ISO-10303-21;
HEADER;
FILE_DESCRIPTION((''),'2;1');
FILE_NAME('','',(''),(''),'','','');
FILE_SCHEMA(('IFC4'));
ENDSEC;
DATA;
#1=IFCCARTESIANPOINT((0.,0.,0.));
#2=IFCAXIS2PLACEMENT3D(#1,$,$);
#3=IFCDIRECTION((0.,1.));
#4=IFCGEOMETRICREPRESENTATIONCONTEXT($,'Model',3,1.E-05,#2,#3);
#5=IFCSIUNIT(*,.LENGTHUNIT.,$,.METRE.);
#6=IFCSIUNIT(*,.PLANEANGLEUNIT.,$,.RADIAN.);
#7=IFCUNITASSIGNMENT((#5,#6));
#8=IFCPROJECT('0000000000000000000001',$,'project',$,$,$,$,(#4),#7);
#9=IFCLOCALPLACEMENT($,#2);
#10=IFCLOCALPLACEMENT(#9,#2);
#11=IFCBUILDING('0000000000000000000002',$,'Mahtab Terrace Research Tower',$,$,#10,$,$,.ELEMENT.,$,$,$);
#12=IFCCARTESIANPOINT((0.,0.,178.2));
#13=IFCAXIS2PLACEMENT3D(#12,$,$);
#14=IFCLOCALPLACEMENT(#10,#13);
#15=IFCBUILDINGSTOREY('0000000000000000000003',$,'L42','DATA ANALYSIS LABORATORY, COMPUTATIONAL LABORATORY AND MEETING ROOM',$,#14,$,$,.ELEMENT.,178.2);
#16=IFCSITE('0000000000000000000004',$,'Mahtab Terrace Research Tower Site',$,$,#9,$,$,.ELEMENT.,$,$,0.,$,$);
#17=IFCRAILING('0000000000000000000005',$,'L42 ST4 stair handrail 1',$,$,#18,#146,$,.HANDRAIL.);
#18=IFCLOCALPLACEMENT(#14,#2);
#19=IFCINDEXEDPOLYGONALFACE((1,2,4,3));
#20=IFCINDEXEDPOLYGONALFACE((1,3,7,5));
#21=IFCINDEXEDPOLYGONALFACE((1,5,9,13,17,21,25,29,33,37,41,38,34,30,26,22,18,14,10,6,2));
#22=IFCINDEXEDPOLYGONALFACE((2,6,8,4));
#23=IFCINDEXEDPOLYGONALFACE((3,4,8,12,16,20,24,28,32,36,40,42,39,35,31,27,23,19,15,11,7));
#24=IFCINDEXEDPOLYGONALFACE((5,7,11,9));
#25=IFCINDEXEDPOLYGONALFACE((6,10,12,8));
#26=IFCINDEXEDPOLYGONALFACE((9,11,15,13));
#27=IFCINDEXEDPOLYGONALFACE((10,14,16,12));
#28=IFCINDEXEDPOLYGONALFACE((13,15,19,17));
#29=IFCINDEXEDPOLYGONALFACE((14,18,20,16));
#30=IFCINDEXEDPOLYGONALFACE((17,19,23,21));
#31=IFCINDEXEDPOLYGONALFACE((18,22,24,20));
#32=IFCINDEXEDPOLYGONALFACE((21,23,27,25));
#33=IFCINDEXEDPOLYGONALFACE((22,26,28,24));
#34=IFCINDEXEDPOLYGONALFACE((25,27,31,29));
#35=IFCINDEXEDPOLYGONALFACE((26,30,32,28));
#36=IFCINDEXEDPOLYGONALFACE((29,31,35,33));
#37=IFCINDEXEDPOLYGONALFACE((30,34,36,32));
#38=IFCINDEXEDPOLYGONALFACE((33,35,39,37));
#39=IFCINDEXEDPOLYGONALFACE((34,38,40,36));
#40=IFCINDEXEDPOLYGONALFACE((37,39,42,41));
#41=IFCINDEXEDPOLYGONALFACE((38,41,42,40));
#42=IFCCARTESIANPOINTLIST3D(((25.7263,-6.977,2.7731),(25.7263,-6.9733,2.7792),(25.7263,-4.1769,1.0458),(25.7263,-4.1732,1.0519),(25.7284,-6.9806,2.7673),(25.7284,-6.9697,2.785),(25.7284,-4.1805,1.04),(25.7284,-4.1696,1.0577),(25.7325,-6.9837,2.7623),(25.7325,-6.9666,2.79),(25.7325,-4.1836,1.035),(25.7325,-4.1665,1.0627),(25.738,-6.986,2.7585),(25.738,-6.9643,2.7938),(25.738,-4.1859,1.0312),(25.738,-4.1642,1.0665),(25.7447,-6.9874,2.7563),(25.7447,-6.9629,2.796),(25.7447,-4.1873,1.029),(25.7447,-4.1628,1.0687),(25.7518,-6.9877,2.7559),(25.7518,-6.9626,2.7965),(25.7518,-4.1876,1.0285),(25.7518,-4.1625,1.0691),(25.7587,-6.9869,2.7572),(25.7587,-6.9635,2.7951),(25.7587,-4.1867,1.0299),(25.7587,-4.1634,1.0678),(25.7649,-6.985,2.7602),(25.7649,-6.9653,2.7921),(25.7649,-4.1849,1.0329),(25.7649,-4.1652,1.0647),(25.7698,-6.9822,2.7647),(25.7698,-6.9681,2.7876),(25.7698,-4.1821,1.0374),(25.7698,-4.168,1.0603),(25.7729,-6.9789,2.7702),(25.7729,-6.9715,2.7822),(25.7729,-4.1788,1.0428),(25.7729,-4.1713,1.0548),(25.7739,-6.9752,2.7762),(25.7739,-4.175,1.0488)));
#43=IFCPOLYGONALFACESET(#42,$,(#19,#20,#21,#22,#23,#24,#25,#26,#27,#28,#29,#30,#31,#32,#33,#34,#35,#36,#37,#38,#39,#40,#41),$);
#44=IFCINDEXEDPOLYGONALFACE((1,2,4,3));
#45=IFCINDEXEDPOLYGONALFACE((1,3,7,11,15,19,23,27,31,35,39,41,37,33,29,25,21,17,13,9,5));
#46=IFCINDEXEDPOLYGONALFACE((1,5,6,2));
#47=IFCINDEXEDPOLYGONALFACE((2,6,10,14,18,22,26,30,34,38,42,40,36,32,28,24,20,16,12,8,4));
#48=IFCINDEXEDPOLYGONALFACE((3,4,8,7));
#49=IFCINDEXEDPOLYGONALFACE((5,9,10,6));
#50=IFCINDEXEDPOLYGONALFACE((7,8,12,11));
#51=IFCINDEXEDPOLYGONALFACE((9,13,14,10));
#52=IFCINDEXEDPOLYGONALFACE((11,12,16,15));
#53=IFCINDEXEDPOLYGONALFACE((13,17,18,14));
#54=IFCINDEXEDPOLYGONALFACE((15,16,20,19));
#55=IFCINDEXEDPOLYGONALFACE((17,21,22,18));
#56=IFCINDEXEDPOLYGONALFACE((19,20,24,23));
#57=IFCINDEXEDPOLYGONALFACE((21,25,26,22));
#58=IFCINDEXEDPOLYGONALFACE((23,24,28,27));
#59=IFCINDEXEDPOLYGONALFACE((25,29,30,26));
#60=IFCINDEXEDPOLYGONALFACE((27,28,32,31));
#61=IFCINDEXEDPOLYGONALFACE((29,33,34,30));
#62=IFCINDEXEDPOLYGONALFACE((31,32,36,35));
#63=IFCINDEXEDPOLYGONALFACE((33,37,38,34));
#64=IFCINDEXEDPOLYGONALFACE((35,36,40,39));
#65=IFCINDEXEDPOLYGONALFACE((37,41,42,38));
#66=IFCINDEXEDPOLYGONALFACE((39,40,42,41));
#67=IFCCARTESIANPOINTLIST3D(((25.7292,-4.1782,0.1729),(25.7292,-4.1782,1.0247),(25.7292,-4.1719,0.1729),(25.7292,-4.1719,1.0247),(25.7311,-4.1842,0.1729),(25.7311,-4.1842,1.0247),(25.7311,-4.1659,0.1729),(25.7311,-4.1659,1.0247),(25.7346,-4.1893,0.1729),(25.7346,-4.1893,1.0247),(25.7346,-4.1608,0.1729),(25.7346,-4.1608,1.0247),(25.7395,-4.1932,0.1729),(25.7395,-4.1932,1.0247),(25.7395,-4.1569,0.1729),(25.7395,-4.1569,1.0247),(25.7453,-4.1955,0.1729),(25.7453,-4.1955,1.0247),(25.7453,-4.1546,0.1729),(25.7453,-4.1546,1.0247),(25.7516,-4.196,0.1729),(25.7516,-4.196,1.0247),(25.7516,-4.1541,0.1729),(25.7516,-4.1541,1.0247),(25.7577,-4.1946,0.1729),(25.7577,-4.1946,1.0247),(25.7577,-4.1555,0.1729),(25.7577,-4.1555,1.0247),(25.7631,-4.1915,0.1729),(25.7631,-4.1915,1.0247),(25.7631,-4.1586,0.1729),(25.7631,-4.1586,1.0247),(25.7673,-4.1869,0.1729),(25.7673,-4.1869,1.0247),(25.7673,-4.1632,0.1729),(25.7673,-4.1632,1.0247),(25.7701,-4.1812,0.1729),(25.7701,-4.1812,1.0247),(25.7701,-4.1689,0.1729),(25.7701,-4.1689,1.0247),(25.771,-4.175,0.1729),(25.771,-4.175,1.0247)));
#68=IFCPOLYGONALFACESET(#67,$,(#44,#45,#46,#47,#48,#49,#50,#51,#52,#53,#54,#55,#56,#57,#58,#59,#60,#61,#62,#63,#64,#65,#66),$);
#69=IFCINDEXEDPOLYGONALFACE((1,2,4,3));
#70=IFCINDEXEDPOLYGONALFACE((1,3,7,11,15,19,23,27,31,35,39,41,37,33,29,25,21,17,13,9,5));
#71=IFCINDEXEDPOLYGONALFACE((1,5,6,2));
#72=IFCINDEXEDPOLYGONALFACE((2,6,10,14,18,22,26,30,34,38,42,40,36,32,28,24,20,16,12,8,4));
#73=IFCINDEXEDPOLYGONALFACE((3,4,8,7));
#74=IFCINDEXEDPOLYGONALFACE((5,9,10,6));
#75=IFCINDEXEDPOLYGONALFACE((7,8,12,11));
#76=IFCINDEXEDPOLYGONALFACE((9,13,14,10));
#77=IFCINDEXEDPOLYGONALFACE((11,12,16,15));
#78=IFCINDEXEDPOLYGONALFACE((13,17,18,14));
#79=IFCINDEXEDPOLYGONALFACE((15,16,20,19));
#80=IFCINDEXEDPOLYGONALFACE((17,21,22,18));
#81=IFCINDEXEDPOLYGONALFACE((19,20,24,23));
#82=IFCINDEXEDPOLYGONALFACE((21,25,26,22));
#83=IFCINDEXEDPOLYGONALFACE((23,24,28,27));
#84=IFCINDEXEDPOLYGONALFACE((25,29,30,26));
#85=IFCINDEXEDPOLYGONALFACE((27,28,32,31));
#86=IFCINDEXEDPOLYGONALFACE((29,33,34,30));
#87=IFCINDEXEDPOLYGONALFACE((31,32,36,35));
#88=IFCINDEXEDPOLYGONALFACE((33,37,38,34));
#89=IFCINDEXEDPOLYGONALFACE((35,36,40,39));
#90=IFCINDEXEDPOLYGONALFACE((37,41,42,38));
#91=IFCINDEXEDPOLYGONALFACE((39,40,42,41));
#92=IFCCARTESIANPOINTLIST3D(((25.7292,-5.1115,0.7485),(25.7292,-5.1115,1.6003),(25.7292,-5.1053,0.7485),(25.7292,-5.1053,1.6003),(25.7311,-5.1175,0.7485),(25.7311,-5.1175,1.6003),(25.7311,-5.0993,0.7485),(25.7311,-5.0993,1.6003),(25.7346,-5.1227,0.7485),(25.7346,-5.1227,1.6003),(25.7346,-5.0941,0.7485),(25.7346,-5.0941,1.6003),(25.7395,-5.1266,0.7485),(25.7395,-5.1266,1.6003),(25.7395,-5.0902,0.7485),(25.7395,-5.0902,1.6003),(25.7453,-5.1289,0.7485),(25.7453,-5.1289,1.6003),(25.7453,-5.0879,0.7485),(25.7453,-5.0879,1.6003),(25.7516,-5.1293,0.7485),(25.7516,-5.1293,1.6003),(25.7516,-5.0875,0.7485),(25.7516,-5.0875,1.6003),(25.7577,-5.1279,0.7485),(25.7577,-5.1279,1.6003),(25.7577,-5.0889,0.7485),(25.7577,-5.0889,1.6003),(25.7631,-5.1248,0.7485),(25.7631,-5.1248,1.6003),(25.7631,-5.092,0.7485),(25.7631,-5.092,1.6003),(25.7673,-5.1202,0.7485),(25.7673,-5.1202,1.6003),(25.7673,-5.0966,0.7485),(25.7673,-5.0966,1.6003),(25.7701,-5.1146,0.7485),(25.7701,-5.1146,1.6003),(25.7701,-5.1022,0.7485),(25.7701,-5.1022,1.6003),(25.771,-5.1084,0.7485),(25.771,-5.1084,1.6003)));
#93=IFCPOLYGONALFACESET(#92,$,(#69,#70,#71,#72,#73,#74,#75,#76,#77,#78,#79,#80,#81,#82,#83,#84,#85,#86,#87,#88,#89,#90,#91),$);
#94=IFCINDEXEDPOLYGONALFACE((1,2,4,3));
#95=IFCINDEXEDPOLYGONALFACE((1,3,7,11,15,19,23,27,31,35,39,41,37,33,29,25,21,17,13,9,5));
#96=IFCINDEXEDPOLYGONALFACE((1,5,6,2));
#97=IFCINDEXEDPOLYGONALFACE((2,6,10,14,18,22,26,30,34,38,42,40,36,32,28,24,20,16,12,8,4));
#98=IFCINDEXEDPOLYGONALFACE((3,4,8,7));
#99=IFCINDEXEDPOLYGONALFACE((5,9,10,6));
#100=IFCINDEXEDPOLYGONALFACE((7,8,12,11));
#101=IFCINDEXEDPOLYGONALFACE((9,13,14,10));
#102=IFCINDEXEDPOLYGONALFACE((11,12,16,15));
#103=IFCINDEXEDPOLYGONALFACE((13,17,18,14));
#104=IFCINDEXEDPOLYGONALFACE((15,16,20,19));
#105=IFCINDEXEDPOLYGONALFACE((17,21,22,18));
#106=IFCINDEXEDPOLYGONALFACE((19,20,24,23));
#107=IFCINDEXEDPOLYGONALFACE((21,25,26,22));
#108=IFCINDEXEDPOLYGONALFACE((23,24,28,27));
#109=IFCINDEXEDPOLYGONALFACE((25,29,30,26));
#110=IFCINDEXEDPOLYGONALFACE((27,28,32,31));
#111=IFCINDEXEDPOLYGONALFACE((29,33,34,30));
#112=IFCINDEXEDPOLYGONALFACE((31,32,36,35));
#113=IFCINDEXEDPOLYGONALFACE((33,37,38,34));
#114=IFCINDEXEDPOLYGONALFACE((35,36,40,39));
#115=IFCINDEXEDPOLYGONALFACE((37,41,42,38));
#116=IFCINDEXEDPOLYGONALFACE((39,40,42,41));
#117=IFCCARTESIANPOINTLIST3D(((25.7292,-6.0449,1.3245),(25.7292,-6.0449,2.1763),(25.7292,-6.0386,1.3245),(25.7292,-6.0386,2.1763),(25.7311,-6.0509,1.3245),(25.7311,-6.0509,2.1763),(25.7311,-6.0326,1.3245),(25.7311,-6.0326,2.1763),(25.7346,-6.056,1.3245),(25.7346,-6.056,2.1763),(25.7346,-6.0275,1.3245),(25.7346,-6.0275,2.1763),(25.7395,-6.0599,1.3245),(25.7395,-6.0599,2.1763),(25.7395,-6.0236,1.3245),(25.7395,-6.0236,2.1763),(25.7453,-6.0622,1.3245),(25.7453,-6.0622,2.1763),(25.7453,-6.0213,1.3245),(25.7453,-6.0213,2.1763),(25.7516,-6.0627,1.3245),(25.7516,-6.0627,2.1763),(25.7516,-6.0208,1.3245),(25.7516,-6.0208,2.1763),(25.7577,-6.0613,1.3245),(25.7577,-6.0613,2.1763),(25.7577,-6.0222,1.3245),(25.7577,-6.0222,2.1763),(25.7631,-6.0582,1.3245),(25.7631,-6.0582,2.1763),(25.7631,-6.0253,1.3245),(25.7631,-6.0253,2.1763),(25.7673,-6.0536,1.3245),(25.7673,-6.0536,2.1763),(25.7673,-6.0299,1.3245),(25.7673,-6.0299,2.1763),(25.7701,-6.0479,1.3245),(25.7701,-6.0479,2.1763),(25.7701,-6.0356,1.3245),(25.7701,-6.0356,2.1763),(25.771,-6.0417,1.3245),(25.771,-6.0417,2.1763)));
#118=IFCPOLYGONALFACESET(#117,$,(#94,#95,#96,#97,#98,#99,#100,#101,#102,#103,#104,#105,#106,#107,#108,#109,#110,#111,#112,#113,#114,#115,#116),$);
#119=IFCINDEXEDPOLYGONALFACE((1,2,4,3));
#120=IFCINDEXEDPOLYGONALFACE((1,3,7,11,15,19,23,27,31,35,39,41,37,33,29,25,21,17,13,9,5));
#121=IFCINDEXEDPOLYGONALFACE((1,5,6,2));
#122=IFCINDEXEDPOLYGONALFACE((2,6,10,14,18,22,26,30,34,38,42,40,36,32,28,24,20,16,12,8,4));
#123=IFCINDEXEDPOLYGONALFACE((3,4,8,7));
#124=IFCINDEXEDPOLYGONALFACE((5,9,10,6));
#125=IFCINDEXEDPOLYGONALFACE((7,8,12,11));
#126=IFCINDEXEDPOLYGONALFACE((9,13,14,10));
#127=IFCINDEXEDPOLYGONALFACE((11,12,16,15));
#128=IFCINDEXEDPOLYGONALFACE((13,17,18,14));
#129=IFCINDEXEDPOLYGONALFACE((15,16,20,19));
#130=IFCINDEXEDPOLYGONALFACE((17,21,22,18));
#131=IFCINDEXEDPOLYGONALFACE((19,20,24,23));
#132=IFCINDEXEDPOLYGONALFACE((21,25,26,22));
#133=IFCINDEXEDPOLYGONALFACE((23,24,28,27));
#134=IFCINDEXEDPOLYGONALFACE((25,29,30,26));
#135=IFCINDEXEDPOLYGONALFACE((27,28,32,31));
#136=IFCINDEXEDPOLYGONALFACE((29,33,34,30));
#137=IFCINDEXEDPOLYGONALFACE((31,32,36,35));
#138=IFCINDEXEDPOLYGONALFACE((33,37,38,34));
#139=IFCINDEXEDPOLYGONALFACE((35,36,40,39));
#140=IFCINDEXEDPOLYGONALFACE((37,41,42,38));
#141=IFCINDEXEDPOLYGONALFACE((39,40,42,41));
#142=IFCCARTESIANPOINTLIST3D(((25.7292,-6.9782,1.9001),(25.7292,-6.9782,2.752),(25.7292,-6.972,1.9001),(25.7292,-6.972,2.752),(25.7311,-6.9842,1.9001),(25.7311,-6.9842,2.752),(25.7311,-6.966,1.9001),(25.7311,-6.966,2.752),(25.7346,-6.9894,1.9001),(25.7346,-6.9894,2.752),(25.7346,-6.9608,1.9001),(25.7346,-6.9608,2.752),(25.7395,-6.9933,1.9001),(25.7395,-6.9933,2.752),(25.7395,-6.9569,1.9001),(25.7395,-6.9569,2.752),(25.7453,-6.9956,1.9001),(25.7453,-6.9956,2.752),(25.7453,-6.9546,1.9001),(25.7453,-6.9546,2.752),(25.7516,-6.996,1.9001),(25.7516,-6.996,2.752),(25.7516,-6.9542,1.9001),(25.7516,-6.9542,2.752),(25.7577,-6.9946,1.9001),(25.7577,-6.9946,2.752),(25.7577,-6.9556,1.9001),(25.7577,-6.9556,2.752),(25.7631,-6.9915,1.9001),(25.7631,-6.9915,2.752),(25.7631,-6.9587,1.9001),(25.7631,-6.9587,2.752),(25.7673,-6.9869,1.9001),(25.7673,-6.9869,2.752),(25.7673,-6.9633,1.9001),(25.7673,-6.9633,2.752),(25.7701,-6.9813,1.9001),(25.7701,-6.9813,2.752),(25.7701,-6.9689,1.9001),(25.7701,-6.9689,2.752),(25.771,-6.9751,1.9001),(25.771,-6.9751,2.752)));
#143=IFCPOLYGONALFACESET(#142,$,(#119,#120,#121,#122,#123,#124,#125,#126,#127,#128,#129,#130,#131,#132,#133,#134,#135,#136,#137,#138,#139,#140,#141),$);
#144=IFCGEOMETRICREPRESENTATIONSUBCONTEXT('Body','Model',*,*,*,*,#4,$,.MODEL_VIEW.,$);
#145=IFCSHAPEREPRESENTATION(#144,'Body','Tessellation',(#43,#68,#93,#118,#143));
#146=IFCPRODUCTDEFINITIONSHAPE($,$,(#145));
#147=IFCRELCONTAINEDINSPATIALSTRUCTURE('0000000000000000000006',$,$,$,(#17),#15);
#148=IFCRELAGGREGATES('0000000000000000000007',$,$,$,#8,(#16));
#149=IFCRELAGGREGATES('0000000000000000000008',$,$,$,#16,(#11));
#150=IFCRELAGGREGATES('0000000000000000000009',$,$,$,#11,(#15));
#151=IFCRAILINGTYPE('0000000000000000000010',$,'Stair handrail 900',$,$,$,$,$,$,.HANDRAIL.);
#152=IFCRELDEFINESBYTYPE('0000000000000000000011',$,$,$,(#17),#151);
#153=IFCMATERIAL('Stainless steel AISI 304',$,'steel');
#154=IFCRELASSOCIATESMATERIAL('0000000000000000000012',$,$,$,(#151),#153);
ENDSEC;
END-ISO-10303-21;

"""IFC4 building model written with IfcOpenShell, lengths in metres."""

from ifc_helpers import new_model, si_unit, direction, frame, origin, origin_2d, place, context, subcontext, project, spatial, circle, extrude, material, type_object, element, save


model = new_model("IFC4")

# Units and contexts
model_context = context("Model", 3, precision=1e-05, world=origin(), true_north=direction((0.0, 1.0)))
body_context = subcontext(model_context, "Body", "Model", "MODEL_VIEW")
ifc_project = project(units=[si_unit("LENGTHUNIT", "METRE"), si_unit("PLANEANGLEUNIT", "RADIAN")], contexts=[model_context])

# Site, building, storey
site_placement = place(None, origin())
site = spatial("IfcSite", under=ifc_project, at=site_placement, Name="Mahtab Terrace Research Tower Site", CompositionType="ELEMENT", RefElevation=0.0)
building_placement = place(site_placement, origin())
building = spatial("IfcBuilding", under=site, at=building_placement, Name="Mahtab Terrace Research Tower", CompositionType="ELEMENT")
storey_placement = place(building_placement, frame((0.0, 0.0, 178.2)))
storey = spatial("IfcBuildingStorey", under=building, at=storey_placement, Name="L42", Description="DATA ANALYSIS LABORATORY, COMPUTATIONAL LABORATORY AND MEETING ROOM", CompositionType="ELEMENT", Elevation=178.2)

# Railing
ifc_material_1 = material(Name="Stainless steel AISI 304", Category="steel")
railing_type_1 = type_object("IfcRailingType", Name="Stair handrail 900", PredefinedType="HANDRAIL", material=ifc_material_1)
railing_1_placement = place(storey_placement, frame((25.75, -4.175, 0.1729)))
element("IfcRailing", 1, at=railing_1_placement, inside=storey, type_object=railing_type_1, Name="L42 ST4 stair handrail 1", PredefinedType="HANDRAIL", context=body_context, shape_type="SweptSolid", body=[
    extrude(circle(Radius=0.0239, at=origin_2d()), frame((0.0, 0.0, 0.876), z_axis=(0.0, -0.85109, 0.52502), x_axis=(1.0, 0.0, 0.0)), (0.0, 0.0, 1.0), 3.29),
    extrude(circle(Radius=0.021, at=origin_2d()), origin(), (0.0, 0.0, 1.0), 0.8518),
    extrude(circle(Radius=0.021, at=origin_2d()), frame((0.0, -0.9333, 0.5757)), (0.0, 0.0, 1.0), 0.8518),
    extrude(circle(Radius=0.021, at=origin_2d()), frame((0.0, -1.8667, 1.1516)), (0.0, 0.0, 1.0), 0.8518),
    extrude(circle(Radius=0.021, at=origin_2d()), frame((0.0, -2.8, 1.7273)), (0.0, 0.0, 1.0), 0.8518),
])

save(model, "model.ifc")
